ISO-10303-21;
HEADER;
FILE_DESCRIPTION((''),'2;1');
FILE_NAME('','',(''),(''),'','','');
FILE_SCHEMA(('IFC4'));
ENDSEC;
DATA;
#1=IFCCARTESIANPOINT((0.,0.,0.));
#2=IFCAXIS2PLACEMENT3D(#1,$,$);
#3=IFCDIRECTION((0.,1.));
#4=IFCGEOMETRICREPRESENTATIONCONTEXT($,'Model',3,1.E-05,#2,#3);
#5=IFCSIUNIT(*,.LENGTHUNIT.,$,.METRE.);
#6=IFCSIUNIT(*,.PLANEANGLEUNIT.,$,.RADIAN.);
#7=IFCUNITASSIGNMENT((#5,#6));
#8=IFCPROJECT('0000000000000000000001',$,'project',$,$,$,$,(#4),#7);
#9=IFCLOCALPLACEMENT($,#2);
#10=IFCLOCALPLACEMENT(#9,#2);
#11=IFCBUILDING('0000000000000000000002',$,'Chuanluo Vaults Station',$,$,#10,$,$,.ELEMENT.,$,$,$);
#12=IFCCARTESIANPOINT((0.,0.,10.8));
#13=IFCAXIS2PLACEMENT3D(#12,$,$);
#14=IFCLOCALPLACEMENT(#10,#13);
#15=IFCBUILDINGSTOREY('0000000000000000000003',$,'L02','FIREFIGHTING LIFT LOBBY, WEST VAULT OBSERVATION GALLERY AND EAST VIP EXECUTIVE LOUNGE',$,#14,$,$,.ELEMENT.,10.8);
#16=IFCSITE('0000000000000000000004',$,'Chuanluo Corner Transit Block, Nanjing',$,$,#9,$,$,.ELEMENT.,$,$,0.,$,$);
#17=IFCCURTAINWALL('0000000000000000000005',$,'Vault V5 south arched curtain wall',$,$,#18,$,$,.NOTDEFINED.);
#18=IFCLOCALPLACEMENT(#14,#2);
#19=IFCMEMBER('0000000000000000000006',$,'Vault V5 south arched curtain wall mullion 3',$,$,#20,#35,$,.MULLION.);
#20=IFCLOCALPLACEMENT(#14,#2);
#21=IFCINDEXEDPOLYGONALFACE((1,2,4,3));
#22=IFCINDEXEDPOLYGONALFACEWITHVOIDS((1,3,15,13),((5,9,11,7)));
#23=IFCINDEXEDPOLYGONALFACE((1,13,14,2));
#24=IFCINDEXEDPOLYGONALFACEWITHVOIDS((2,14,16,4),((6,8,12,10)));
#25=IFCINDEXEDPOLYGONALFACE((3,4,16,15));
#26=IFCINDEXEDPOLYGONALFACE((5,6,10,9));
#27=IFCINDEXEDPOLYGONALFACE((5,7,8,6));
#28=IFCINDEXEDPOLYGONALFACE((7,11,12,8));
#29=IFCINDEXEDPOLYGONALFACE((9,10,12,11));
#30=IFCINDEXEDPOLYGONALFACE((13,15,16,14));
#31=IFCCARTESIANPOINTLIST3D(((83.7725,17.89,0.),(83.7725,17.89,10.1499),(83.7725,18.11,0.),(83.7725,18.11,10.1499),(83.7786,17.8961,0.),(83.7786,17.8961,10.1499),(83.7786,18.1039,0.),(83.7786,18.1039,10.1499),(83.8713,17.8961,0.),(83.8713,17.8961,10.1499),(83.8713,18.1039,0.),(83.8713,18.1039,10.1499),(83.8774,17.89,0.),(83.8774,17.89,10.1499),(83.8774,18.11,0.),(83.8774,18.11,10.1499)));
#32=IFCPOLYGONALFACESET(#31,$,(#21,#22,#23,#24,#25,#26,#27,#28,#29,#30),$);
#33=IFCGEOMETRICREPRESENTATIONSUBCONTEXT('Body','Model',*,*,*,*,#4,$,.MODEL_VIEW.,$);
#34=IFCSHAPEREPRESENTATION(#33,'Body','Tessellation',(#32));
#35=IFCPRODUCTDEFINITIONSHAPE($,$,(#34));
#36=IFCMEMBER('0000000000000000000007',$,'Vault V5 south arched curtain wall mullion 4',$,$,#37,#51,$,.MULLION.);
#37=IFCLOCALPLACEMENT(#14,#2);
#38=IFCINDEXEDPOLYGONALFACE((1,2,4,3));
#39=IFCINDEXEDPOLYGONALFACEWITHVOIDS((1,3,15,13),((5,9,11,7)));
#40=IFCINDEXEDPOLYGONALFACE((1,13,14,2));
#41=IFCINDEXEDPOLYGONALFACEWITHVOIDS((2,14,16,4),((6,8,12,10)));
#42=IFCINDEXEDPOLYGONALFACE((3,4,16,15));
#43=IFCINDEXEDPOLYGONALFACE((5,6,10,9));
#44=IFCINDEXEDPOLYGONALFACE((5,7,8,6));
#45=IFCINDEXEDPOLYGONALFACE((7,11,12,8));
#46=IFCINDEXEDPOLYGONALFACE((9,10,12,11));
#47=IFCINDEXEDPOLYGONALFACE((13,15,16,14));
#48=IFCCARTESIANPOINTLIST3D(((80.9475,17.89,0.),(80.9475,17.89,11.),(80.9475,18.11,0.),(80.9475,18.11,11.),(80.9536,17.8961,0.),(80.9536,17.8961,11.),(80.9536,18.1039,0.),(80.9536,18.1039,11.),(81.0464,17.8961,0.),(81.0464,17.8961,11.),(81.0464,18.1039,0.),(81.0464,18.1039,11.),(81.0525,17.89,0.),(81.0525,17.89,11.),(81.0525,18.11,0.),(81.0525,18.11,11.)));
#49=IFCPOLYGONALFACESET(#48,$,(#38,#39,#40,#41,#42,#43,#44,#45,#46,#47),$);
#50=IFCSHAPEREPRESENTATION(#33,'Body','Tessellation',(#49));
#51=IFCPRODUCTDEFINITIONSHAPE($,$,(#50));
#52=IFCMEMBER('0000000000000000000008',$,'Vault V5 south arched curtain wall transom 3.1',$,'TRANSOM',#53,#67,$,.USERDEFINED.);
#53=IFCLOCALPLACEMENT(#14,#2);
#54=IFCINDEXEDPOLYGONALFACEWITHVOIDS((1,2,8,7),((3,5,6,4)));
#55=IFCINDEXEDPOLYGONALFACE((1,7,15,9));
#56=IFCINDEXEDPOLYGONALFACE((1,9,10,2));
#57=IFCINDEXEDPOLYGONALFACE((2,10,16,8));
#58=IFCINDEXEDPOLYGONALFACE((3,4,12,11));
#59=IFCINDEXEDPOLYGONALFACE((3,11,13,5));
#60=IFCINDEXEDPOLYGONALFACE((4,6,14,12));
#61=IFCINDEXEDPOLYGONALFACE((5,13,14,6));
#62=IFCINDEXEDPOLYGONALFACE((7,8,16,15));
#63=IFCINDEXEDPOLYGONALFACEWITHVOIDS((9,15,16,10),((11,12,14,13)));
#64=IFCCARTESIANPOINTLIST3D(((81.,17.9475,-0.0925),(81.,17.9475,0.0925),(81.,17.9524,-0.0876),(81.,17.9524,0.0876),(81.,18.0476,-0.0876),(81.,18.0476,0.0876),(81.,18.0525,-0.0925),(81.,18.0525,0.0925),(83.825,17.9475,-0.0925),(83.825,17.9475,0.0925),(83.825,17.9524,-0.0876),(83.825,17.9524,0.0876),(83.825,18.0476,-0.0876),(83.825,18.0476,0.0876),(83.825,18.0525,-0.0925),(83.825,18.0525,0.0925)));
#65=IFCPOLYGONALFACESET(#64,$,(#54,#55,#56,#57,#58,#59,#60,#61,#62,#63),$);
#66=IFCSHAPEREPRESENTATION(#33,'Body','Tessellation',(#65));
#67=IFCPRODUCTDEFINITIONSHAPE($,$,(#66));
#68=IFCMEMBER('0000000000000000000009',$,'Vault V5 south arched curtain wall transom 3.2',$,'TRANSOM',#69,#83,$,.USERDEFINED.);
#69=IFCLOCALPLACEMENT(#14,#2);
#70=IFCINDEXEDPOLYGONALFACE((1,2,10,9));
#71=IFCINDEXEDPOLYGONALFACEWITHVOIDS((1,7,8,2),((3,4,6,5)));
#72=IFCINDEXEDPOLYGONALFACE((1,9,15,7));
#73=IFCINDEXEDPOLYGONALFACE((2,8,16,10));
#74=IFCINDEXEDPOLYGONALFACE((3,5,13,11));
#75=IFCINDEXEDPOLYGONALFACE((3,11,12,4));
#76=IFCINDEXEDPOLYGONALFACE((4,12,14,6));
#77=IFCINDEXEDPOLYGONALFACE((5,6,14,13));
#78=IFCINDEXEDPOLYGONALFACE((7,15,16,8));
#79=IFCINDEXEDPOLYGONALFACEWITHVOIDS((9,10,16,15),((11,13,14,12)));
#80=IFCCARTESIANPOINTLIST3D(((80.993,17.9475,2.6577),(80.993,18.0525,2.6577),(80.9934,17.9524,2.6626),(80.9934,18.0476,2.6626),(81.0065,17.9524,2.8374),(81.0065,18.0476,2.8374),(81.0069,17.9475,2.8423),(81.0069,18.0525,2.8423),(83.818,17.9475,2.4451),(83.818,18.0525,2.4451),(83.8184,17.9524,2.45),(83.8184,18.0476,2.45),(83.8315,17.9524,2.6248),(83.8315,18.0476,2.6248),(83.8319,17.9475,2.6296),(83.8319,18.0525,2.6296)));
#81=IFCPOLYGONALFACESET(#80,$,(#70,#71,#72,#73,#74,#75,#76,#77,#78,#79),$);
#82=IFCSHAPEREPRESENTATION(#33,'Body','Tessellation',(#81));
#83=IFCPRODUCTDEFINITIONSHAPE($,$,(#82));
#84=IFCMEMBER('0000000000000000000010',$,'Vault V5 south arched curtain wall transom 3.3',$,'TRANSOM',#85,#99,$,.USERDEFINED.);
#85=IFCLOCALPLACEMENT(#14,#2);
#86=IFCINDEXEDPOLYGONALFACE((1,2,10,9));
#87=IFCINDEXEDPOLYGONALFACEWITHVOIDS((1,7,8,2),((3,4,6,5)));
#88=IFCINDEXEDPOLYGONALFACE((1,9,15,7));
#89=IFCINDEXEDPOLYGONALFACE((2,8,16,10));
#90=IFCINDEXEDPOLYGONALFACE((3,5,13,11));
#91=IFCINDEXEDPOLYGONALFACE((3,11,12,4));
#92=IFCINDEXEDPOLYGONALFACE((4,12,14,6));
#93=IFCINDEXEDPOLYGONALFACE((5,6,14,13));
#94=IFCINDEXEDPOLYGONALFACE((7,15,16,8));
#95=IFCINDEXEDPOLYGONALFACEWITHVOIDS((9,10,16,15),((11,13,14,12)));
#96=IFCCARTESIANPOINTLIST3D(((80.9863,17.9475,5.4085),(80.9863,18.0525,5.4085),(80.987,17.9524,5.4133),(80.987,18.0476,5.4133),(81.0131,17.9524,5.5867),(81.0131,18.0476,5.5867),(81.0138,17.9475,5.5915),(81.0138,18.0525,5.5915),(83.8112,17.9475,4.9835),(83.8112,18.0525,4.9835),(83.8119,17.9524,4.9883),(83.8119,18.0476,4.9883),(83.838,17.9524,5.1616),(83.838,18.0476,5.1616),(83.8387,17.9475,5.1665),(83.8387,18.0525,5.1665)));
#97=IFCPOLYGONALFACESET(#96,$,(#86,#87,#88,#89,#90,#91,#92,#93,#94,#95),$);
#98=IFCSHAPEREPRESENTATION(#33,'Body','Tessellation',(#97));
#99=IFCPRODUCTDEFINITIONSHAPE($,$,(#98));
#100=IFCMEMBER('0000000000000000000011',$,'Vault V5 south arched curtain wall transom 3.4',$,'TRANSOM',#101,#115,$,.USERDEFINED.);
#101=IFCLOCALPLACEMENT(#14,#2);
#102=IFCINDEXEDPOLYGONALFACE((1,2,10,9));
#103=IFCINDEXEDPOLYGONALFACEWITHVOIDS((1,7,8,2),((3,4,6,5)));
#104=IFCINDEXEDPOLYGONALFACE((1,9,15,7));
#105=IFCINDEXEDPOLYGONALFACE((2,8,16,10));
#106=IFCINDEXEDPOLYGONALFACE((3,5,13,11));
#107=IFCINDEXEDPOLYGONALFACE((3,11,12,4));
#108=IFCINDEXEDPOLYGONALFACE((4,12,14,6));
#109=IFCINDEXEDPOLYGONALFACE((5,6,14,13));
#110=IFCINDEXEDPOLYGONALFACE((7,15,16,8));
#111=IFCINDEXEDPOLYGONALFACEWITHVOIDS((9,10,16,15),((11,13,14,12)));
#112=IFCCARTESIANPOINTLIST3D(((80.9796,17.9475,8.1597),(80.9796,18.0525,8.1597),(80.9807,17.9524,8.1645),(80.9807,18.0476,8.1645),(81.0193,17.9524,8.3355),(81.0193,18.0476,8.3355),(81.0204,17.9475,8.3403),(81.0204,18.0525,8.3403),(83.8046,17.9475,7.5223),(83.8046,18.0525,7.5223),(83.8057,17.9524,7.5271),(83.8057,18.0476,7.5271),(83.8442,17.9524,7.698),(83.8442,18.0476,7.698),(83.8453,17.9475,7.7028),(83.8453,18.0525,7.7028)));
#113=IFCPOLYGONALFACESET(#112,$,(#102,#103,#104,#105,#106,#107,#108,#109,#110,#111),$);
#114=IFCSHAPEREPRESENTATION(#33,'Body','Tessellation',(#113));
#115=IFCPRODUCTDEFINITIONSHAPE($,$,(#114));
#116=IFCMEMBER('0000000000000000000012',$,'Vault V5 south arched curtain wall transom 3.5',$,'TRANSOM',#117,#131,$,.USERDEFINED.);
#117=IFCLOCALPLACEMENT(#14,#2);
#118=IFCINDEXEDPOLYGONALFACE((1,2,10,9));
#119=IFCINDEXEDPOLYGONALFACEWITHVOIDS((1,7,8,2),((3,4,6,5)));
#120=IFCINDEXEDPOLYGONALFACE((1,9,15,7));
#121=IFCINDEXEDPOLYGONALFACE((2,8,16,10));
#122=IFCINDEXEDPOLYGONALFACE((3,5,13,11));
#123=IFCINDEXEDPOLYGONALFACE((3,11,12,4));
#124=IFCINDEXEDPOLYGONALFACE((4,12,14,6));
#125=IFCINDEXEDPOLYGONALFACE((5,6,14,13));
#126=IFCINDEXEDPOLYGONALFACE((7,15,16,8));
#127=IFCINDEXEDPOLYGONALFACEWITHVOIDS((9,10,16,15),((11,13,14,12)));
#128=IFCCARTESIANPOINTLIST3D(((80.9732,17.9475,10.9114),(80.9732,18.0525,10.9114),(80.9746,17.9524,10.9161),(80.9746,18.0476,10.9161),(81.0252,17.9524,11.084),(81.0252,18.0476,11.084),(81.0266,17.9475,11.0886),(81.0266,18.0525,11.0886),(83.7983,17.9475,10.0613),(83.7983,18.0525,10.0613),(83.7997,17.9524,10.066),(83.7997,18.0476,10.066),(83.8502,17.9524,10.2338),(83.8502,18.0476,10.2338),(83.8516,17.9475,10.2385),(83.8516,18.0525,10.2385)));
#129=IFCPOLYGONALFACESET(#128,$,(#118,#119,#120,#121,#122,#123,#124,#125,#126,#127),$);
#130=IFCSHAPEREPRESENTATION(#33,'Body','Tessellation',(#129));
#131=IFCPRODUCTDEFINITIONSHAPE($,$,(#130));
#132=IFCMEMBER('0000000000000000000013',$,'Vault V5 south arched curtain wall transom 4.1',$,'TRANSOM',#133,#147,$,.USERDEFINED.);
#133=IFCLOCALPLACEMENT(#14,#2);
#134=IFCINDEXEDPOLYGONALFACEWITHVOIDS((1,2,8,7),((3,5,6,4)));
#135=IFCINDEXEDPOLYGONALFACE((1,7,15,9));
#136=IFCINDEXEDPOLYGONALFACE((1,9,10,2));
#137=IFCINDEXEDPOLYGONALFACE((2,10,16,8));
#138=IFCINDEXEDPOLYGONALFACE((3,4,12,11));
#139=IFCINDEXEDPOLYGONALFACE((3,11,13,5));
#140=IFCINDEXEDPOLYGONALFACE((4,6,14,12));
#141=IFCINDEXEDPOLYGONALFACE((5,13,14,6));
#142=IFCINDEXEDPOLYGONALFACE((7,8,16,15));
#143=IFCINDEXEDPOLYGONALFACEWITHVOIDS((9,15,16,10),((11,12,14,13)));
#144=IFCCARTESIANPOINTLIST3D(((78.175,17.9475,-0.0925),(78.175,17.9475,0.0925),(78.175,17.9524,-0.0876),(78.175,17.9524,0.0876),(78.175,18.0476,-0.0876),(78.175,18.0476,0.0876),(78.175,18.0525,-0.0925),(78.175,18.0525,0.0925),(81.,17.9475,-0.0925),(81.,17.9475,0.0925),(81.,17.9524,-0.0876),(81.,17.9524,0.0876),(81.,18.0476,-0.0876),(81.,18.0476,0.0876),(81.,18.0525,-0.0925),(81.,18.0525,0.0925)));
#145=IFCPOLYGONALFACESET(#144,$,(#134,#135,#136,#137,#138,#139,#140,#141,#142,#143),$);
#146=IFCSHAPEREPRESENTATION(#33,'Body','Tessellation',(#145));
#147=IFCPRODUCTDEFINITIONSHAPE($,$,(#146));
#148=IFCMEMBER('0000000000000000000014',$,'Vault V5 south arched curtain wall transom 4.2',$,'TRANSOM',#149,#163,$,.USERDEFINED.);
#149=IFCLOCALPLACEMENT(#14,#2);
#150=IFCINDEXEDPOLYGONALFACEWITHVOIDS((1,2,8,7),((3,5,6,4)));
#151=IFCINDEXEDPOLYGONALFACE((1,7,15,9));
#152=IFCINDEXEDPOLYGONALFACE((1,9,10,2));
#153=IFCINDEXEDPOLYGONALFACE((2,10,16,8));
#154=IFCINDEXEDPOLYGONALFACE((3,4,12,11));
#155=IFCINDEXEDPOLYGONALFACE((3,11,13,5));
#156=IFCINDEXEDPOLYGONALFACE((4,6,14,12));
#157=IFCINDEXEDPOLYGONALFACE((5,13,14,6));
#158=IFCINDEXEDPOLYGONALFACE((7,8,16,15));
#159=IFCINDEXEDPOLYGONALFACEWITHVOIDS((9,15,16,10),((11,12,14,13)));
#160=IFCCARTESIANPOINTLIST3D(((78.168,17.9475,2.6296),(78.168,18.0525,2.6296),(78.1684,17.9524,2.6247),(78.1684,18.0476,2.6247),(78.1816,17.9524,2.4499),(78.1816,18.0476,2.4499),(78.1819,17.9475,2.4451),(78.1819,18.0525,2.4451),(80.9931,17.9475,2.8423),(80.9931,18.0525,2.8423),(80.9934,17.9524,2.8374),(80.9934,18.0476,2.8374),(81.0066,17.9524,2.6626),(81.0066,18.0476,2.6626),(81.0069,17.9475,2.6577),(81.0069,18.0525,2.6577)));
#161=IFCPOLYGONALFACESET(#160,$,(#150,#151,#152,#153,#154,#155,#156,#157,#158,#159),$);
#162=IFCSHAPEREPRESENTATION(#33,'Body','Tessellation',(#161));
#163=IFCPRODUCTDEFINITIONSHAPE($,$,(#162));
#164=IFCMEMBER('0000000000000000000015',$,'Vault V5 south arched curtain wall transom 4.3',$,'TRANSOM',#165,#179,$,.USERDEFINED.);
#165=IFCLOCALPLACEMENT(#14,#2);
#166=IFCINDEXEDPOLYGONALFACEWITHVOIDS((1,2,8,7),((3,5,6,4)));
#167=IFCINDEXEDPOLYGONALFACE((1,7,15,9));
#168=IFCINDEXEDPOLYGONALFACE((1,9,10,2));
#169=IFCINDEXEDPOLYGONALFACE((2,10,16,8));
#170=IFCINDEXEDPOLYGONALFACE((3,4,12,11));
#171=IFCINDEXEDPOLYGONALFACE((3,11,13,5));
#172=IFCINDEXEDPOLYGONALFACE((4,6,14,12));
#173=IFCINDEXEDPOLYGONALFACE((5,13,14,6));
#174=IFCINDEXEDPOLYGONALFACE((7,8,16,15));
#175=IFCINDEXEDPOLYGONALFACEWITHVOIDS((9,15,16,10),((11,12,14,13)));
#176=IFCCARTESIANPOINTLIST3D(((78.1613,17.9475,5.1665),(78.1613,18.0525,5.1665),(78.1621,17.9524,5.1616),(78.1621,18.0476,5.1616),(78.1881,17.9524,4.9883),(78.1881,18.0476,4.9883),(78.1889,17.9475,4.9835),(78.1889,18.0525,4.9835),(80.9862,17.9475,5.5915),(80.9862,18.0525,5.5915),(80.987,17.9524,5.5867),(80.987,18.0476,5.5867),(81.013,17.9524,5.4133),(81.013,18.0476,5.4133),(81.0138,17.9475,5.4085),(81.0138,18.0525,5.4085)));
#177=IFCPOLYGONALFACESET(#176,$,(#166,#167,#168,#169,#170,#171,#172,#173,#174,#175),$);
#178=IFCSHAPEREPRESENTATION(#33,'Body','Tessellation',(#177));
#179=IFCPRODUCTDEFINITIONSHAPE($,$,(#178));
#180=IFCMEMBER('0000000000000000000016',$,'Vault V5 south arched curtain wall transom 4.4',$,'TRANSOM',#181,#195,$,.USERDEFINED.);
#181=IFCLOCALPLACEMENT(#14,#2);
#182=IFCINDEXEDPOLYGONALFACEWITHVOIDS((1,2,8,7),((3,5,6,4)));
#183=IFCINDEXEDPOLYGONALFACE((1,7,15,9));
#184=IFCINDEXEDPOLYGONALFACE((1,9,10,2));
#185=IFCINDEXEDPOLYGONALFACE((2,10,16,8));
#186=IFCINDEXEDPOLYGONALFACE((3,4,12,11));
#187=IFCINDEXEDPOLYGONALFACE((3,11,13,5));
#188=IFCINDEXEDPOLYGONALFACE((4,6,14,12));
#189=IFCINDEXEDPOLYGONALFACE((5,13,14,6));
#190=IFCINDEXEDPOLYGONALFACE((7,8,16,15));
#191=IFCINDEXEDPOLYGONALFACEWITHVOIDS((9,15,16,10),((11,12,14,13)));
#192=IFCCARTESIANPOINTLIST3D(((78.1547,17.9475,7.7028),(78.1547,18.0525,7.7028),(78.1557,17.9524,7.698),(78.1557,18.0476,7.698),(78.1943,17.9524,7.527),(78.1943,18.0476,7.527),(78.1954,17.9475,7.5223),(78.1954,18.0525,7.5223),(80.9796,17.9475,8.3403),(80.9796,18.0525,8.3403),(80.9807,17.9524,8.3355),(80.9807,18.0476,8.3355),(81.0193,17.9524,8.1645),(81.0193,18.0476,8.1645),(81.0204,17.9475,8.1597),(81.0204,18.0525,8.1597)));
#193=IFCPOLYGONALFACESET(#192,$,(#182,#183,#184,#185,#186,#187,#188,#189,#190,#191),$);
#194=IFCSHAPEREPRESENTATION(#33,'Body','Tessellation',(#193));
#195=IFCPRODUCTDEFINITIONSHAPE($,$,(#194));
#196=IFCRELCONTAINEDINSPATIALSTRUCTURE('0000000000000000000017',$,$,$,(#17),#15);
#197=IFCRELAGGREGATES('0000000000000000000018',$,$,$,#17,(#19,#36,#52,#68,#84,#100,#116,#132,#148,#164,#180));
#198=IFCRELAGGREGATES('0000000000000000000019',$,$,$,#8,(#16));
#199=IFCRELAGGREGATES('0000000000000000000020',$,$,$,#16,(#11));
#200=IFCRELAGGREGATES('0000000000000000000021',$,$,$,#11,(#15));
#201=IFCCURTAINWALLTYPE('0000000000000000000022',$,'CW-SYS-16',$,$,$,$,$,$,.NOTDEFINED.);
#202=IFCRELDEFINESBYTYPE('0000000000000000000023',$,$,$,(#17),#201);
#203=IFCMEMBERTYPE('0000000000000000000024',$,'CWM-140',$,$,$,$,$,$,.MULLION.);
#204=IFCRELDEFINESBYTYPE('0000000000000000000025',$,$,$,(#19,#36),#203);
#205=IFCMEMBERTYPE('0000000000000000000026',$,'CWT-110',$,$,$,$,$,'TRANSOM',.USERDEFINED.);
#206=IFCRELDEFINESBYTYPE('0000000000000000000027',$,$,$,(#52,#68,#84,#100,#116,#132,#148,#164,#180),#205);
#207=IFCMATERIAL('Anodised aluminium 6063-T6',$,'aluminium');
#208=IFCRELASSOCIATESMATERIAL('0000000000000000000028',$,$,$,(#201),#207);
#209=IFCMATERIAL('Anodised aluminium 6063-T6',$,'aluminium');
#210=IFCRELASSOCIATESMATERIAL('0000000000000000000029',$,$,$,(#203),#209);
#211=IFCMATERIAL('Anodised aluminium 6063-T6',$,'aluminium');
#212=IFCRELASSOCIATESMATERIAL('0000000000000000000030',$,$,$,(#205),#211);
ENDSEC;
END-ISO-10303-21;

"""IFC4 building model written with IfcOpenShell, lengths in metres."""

from ifc_helpers import new_model, si_unit, direction, frame, origin, origin_2d, place, context, subcontext, project, spatial, hollow_rectangle, extrude, material, material_profile, profile_set, type_object, element, aggregate, save


model = new_model("IFC4")

# Units and contexts
model_context = context("Model", 3, precision=1e-05, world=origin(), true_north=direction((0.0, 1.0)))
body_context = subcontext(model_context, "Body", "Model", "MODEL_VIEW")
ifc_project = project(units=[si_unit("LENGTHUNIT", "METRE"), si_unit("PLANEANGLEUNIT", "RADIAN")], contexts=[model_context])

# Site, building, storey
site_placement = place(None, origin())
site = spatial("IfcSite", under=ifc_project, at=site_placement, Name="Chuanluo Corner Transit Block, Nanjing", CompositionType="ELEMENT", RefElevation=0.0)
building_placement = place(site_placement, origin())
building = spatial("IfcBuilding", under=site, at=building_placement, Name="Chuanluo Vaults Station", CompositionType="ELEMENT")
storey_placement = place(building_placement, frame((0.0, 0.0, 10.8)))
storey = spatial("IfcBuildingStorey", under=building, at=storey_placement, Name="L02", Description="FIREFIGHTING LIFT LOBBY, WEST VAULT OBSERVATION GALLERY AND EAST VIP EXECUTIVE LOUNGE", CompositionType="ELEMENT", Elevation=10.8)

# Curtain wall, members
ifc_material_1 = material(Name="Anodised aluminium 6063-T6", Category="aluminium")
curtain_wall_type = type_object("IfcCurtainWallType", Name="CW-SYS-16", PredefinedType="NOTDEFINED", material=ifc_material_1)
curtain_wall_placement = place(storey_placement, origin())
curtain_wall = element("IfcCurtainWall", 1, at=curtain_wall_placement, inside=storey, type_object=curtain_wall_type, Name="Vault V5 south arched curtain wall", PredefinedType="NOTDEFINED")
ifc_material_2 = material(Name="Anodised aluminium 6063-T6", Category="aluminium")
ifc_material_profile_1 = material_profile(ifc_material_2, hollow_rectangle(XDim=0.105, YDim=0.22, WallThickness=0.0061, at=origin_2d()))
ifc_profile_set_1 = profile_set([ifc_material_profile_1], Name="Anodised aluminium 6063-T6")
member_type_1 = type_object("IfcMemberType", Name="CWM-140", PredefinedType="MULLION", material=ifc_profile_set_1)
member_1_placement = place(storey_placement, frame((83.825, 18.0, 0.0), z_axis=(0.0, 0.0, 1.0), x_axis=(-1.0, 0.0, 0.0)))
member_1 = element("IfcMember", 2, at=member_1_placement, type_object=member_type_1, Name="Vault V5 south arched curtain wall mullion 3", PredefinedType="MULLION", context=body_context, shape_type="SweptSolid", body=[
    extrude(hollow_rectangle(XDim=0.105, YDim=0.22, WallThickness=0.0061, at=origin_2d()), origin(), (0.0, 0.0, 1.0), 10.1499),
])
member_2_placement = place(storey_placement, frame((81.0, 18.0, 0.0), z_axis=(0.0, 0.0, 1.0), x_axis=(-1.0, 0.0, 0.0)))
member_2 = element("IfcMember", 3, at=member_2_placement, type_object=member_type_1, Name="Vault V5 south arched curtain wall mullion 4", PredefinedType="MULLION", context=body_context, shape_type="SweptSolid", body=[
    extrude(hollow_rectangle(XDim=0.105, YDim=0.22, WallThickness=0.0061, at=origin_2d()), origin(), (0.0, 0.0, 1.0), 11.0),
])
ifc_material_3 = material(Name="Anodised aluminium 6063-T6", Category="aluminium")
ifc_material_profile_2 = material_profile(ifc_material_3, hollow_rectangle(XDim=0.105, YDim=0.1851, WallThickness=0.0049, at=origin_2d()))
ifc_profile_set_2 = profile_set([ifc_material_profile_2], Name="Anodised aluminium 6063-T6")
member_type_2 = type_object("IfcMemberType", Name="CWT-110", ElementType="TRANSOM", PredefinedType="USERDEFINED", material=ifc_profile_set_2)
member_3_placement = place(storey_placement, frame((83.825, 18.0, 0.0), z_axis=(-1.0, 0.0, 0.0), x_axis=(0.0, -1.0, 0.0)))
member_3 = element("IfcMember", 4, at=member_3_placement, type_object=member_type_2, Name="Vault V5 south arched curtain wall transom 3.1", ObjectType="TRANSOM", PredefinedType="USERDEFINED", context=body_context, shape_type="SweptSolid", body=[
    extrude(hollow_rectangle(XDim=0.105, YDim=0.1851, WallThickness=0.0049, at=origin_2d()), origin(), (0.0, 0.0, 1.0), 2.825),
])
member_4_placement = place(storey_placement, frame((83.825, 18.0, 2.5374), z_axis=(-0.997179, 0.0, 0.075062), x_axis=(0.0, -1.0, 0.0)))
member_4 = element("IfcMember", 5, at=member_4_placement, type_object=member_type_2, Name="Vault V5 south arched curtain wall transom 3.2", ObjectType="TRANSOM", PredefinedType="USERDEFINED", context=body_context, shape_type="SweptSolid", body=[
    extrude(hollow_rectangle(XDim=0.105, YDim=0.1851, WallThickness=0.0049, at=origin_2d()), origin(), (0.0, 0.0, 1.0), 2.833),
])
member_5_placement = place(storey_placement, frame((83.825, 18.0, 5.075), z_axis=(-0.988869, 0.0, 0.148788), x_axis=(0.0, -1.0, 0.0)))
member_5 = element("IfcMember", 6, at=member_5_placement, type_object=member_type_2, Name="Vault V5 south arched curtain wall transom 3.3", ObjectType="TRANSOM", PredefinedType="USERDEFINED", context=body_context, shape_type="SweptSolid", body=[
    extrude(hollow_rectangle(XDim=0.105, YDim=0.1851, WallThickness=0.0049, at=origin_2d()), origin(), (0.0, 0.0, 1.0), 2.8567),
])
member_6_placement = place(storey_placement, frame((83.825, 18.0, 7.6125), z_axis=(-0.975474, 0.0, 0.220116), x_axis=(0.0, -1.0, 0.0)))
member_6 = element("IfcMember", 7, at=member_6_placement, type_object=member_type_2, Name="Vault V5 south arched curtain wall transom 3.4", ObjectType="TRANSOM", PredefinedType="USERDEFINED", context=body_context, shape_type="SweptSolid", body=[
    extrude(hollow_rectangle(XDim=0.105, YDim=0.1851, WallThickness=0.0049, at=origin_2d()), origin(), (0.0, 0.0, 1.0), 2.896),
])
member_7_placement = place(storey_placement, frame((83.825, 18.0, 10.1499), z_axis=(-0.957582, 0.0, 0.28816), x_axis=(0.0, -1.0, 0.0)))
member_7 = element("IfcMember", 8, at=member_7_placement, type_object=member_type_2, Name="Vault V5 south arched curtain wall transom 3.5", ObjectType="TRANSOM", PredefinedType="USERDEFINED", context=body_context, shape_type="SweptSolid", body=[
    extrude(hollow_rectangle(XDim=0.105, YDim=0.1851, WallThickness=0.0049, at=origin_2d()), origin(), (0.0, 0.0, 1.0), 2.9502),
])
member_8_placement = place(storey_placement, frame((81.0, 18.0, 0.0), z_axis=(-1.0, 0.0, 0.0), x_axis=(0.0, -1.0, 0.0)))
member_8 = element("IfcMember", 9, at=member_8_placement, type_object=member_type_2, Name="Vault V5 south arched curtain wall transom 4.1", ObjectType="TRANSOM", PredefinedType="USERDEFINED", context=body_context, shape_type="SweptSolid", body=[
    extrude(hollow_rectangle(XDim=0.105, YDim=0.1851, WallThickness=0.0049, at=origin_2d()), origin(), (0.0, 0.0, 1.0), 2.825),
])
member_9_placement = place(storey_placement, frame((81.0, 18.0, 2.75), z_axis=(-0.997179, 0.0, -0.075062), x_axis=(0.0, -1.0, 0.0)))
member_9 = element("IfcMember", 10, at=member_9_placement, type_object=member_type_2, Name="Vault V5 south arched curtain wall transom 4.2", ObjectType="TRANSOM", PredefinedType="USERDEFINED", context=body_context, shape_type="SweptSolid", body=[
    extrude(hollow_rectangle(XDim=0.105, YDim=0.1851, WallThickness=0.0049, at=origin_2d()), origin(), (0.0, 0.0, 1.0), 2.833),
])
member_10_placement = place(storey_placement, frame((81.0, 18.0, 5.5), z_axis=(-0.988869, 0.0, -0.148788), x_axis=(0.0, -1.0, 0.0)))
member_10 = element("IfcMember", 11, at=member_10_placement, type_object=member_type_2, Name="Vault V5 south arched curtain wall transom 4.3", ObjectType="TRANSOM", PredefinedType="USERDEFINED", context=body_context, shape_type="SweptSolid", body=[
    extrude(hollow_rectangle(XDim=0.105, YDim=0.1851, WallThickness=0.0049, at=origin_2d()), origin(), (0.0, 0.0, 1.0), 2.8567),
])
member_11_placement = place(storey_placement, frame((81.0, 18.0, 8.25), z_axis=(-0.975474, 0.0, -0.220116), x_axis=(0.0, -1.0, 0.0)))
member_11 = element("IfcMember", 12, at=member_11_placement, type_object=member_type_2, Name="Vault V5 south arched curtain wall transom 4.4", ObjectType="TRANSOM", PredefinedType="USERDEFINED", context=body_context, shape_type="SweptSolid", body=[
    extrude(hollow_rectangle(XDim=0.105, YDim=0.1851, WallThickness=0.0049, at=origin_2d()), origin(), (0.0, 0.0, 1.0), 2.896),
])
aggregate(curtain_wall, [member_1, member_2, member_3, member_4, member_5, member_6, member_7, member_8, member_9, member_10, member_11])

save(model, "model.ifc")
